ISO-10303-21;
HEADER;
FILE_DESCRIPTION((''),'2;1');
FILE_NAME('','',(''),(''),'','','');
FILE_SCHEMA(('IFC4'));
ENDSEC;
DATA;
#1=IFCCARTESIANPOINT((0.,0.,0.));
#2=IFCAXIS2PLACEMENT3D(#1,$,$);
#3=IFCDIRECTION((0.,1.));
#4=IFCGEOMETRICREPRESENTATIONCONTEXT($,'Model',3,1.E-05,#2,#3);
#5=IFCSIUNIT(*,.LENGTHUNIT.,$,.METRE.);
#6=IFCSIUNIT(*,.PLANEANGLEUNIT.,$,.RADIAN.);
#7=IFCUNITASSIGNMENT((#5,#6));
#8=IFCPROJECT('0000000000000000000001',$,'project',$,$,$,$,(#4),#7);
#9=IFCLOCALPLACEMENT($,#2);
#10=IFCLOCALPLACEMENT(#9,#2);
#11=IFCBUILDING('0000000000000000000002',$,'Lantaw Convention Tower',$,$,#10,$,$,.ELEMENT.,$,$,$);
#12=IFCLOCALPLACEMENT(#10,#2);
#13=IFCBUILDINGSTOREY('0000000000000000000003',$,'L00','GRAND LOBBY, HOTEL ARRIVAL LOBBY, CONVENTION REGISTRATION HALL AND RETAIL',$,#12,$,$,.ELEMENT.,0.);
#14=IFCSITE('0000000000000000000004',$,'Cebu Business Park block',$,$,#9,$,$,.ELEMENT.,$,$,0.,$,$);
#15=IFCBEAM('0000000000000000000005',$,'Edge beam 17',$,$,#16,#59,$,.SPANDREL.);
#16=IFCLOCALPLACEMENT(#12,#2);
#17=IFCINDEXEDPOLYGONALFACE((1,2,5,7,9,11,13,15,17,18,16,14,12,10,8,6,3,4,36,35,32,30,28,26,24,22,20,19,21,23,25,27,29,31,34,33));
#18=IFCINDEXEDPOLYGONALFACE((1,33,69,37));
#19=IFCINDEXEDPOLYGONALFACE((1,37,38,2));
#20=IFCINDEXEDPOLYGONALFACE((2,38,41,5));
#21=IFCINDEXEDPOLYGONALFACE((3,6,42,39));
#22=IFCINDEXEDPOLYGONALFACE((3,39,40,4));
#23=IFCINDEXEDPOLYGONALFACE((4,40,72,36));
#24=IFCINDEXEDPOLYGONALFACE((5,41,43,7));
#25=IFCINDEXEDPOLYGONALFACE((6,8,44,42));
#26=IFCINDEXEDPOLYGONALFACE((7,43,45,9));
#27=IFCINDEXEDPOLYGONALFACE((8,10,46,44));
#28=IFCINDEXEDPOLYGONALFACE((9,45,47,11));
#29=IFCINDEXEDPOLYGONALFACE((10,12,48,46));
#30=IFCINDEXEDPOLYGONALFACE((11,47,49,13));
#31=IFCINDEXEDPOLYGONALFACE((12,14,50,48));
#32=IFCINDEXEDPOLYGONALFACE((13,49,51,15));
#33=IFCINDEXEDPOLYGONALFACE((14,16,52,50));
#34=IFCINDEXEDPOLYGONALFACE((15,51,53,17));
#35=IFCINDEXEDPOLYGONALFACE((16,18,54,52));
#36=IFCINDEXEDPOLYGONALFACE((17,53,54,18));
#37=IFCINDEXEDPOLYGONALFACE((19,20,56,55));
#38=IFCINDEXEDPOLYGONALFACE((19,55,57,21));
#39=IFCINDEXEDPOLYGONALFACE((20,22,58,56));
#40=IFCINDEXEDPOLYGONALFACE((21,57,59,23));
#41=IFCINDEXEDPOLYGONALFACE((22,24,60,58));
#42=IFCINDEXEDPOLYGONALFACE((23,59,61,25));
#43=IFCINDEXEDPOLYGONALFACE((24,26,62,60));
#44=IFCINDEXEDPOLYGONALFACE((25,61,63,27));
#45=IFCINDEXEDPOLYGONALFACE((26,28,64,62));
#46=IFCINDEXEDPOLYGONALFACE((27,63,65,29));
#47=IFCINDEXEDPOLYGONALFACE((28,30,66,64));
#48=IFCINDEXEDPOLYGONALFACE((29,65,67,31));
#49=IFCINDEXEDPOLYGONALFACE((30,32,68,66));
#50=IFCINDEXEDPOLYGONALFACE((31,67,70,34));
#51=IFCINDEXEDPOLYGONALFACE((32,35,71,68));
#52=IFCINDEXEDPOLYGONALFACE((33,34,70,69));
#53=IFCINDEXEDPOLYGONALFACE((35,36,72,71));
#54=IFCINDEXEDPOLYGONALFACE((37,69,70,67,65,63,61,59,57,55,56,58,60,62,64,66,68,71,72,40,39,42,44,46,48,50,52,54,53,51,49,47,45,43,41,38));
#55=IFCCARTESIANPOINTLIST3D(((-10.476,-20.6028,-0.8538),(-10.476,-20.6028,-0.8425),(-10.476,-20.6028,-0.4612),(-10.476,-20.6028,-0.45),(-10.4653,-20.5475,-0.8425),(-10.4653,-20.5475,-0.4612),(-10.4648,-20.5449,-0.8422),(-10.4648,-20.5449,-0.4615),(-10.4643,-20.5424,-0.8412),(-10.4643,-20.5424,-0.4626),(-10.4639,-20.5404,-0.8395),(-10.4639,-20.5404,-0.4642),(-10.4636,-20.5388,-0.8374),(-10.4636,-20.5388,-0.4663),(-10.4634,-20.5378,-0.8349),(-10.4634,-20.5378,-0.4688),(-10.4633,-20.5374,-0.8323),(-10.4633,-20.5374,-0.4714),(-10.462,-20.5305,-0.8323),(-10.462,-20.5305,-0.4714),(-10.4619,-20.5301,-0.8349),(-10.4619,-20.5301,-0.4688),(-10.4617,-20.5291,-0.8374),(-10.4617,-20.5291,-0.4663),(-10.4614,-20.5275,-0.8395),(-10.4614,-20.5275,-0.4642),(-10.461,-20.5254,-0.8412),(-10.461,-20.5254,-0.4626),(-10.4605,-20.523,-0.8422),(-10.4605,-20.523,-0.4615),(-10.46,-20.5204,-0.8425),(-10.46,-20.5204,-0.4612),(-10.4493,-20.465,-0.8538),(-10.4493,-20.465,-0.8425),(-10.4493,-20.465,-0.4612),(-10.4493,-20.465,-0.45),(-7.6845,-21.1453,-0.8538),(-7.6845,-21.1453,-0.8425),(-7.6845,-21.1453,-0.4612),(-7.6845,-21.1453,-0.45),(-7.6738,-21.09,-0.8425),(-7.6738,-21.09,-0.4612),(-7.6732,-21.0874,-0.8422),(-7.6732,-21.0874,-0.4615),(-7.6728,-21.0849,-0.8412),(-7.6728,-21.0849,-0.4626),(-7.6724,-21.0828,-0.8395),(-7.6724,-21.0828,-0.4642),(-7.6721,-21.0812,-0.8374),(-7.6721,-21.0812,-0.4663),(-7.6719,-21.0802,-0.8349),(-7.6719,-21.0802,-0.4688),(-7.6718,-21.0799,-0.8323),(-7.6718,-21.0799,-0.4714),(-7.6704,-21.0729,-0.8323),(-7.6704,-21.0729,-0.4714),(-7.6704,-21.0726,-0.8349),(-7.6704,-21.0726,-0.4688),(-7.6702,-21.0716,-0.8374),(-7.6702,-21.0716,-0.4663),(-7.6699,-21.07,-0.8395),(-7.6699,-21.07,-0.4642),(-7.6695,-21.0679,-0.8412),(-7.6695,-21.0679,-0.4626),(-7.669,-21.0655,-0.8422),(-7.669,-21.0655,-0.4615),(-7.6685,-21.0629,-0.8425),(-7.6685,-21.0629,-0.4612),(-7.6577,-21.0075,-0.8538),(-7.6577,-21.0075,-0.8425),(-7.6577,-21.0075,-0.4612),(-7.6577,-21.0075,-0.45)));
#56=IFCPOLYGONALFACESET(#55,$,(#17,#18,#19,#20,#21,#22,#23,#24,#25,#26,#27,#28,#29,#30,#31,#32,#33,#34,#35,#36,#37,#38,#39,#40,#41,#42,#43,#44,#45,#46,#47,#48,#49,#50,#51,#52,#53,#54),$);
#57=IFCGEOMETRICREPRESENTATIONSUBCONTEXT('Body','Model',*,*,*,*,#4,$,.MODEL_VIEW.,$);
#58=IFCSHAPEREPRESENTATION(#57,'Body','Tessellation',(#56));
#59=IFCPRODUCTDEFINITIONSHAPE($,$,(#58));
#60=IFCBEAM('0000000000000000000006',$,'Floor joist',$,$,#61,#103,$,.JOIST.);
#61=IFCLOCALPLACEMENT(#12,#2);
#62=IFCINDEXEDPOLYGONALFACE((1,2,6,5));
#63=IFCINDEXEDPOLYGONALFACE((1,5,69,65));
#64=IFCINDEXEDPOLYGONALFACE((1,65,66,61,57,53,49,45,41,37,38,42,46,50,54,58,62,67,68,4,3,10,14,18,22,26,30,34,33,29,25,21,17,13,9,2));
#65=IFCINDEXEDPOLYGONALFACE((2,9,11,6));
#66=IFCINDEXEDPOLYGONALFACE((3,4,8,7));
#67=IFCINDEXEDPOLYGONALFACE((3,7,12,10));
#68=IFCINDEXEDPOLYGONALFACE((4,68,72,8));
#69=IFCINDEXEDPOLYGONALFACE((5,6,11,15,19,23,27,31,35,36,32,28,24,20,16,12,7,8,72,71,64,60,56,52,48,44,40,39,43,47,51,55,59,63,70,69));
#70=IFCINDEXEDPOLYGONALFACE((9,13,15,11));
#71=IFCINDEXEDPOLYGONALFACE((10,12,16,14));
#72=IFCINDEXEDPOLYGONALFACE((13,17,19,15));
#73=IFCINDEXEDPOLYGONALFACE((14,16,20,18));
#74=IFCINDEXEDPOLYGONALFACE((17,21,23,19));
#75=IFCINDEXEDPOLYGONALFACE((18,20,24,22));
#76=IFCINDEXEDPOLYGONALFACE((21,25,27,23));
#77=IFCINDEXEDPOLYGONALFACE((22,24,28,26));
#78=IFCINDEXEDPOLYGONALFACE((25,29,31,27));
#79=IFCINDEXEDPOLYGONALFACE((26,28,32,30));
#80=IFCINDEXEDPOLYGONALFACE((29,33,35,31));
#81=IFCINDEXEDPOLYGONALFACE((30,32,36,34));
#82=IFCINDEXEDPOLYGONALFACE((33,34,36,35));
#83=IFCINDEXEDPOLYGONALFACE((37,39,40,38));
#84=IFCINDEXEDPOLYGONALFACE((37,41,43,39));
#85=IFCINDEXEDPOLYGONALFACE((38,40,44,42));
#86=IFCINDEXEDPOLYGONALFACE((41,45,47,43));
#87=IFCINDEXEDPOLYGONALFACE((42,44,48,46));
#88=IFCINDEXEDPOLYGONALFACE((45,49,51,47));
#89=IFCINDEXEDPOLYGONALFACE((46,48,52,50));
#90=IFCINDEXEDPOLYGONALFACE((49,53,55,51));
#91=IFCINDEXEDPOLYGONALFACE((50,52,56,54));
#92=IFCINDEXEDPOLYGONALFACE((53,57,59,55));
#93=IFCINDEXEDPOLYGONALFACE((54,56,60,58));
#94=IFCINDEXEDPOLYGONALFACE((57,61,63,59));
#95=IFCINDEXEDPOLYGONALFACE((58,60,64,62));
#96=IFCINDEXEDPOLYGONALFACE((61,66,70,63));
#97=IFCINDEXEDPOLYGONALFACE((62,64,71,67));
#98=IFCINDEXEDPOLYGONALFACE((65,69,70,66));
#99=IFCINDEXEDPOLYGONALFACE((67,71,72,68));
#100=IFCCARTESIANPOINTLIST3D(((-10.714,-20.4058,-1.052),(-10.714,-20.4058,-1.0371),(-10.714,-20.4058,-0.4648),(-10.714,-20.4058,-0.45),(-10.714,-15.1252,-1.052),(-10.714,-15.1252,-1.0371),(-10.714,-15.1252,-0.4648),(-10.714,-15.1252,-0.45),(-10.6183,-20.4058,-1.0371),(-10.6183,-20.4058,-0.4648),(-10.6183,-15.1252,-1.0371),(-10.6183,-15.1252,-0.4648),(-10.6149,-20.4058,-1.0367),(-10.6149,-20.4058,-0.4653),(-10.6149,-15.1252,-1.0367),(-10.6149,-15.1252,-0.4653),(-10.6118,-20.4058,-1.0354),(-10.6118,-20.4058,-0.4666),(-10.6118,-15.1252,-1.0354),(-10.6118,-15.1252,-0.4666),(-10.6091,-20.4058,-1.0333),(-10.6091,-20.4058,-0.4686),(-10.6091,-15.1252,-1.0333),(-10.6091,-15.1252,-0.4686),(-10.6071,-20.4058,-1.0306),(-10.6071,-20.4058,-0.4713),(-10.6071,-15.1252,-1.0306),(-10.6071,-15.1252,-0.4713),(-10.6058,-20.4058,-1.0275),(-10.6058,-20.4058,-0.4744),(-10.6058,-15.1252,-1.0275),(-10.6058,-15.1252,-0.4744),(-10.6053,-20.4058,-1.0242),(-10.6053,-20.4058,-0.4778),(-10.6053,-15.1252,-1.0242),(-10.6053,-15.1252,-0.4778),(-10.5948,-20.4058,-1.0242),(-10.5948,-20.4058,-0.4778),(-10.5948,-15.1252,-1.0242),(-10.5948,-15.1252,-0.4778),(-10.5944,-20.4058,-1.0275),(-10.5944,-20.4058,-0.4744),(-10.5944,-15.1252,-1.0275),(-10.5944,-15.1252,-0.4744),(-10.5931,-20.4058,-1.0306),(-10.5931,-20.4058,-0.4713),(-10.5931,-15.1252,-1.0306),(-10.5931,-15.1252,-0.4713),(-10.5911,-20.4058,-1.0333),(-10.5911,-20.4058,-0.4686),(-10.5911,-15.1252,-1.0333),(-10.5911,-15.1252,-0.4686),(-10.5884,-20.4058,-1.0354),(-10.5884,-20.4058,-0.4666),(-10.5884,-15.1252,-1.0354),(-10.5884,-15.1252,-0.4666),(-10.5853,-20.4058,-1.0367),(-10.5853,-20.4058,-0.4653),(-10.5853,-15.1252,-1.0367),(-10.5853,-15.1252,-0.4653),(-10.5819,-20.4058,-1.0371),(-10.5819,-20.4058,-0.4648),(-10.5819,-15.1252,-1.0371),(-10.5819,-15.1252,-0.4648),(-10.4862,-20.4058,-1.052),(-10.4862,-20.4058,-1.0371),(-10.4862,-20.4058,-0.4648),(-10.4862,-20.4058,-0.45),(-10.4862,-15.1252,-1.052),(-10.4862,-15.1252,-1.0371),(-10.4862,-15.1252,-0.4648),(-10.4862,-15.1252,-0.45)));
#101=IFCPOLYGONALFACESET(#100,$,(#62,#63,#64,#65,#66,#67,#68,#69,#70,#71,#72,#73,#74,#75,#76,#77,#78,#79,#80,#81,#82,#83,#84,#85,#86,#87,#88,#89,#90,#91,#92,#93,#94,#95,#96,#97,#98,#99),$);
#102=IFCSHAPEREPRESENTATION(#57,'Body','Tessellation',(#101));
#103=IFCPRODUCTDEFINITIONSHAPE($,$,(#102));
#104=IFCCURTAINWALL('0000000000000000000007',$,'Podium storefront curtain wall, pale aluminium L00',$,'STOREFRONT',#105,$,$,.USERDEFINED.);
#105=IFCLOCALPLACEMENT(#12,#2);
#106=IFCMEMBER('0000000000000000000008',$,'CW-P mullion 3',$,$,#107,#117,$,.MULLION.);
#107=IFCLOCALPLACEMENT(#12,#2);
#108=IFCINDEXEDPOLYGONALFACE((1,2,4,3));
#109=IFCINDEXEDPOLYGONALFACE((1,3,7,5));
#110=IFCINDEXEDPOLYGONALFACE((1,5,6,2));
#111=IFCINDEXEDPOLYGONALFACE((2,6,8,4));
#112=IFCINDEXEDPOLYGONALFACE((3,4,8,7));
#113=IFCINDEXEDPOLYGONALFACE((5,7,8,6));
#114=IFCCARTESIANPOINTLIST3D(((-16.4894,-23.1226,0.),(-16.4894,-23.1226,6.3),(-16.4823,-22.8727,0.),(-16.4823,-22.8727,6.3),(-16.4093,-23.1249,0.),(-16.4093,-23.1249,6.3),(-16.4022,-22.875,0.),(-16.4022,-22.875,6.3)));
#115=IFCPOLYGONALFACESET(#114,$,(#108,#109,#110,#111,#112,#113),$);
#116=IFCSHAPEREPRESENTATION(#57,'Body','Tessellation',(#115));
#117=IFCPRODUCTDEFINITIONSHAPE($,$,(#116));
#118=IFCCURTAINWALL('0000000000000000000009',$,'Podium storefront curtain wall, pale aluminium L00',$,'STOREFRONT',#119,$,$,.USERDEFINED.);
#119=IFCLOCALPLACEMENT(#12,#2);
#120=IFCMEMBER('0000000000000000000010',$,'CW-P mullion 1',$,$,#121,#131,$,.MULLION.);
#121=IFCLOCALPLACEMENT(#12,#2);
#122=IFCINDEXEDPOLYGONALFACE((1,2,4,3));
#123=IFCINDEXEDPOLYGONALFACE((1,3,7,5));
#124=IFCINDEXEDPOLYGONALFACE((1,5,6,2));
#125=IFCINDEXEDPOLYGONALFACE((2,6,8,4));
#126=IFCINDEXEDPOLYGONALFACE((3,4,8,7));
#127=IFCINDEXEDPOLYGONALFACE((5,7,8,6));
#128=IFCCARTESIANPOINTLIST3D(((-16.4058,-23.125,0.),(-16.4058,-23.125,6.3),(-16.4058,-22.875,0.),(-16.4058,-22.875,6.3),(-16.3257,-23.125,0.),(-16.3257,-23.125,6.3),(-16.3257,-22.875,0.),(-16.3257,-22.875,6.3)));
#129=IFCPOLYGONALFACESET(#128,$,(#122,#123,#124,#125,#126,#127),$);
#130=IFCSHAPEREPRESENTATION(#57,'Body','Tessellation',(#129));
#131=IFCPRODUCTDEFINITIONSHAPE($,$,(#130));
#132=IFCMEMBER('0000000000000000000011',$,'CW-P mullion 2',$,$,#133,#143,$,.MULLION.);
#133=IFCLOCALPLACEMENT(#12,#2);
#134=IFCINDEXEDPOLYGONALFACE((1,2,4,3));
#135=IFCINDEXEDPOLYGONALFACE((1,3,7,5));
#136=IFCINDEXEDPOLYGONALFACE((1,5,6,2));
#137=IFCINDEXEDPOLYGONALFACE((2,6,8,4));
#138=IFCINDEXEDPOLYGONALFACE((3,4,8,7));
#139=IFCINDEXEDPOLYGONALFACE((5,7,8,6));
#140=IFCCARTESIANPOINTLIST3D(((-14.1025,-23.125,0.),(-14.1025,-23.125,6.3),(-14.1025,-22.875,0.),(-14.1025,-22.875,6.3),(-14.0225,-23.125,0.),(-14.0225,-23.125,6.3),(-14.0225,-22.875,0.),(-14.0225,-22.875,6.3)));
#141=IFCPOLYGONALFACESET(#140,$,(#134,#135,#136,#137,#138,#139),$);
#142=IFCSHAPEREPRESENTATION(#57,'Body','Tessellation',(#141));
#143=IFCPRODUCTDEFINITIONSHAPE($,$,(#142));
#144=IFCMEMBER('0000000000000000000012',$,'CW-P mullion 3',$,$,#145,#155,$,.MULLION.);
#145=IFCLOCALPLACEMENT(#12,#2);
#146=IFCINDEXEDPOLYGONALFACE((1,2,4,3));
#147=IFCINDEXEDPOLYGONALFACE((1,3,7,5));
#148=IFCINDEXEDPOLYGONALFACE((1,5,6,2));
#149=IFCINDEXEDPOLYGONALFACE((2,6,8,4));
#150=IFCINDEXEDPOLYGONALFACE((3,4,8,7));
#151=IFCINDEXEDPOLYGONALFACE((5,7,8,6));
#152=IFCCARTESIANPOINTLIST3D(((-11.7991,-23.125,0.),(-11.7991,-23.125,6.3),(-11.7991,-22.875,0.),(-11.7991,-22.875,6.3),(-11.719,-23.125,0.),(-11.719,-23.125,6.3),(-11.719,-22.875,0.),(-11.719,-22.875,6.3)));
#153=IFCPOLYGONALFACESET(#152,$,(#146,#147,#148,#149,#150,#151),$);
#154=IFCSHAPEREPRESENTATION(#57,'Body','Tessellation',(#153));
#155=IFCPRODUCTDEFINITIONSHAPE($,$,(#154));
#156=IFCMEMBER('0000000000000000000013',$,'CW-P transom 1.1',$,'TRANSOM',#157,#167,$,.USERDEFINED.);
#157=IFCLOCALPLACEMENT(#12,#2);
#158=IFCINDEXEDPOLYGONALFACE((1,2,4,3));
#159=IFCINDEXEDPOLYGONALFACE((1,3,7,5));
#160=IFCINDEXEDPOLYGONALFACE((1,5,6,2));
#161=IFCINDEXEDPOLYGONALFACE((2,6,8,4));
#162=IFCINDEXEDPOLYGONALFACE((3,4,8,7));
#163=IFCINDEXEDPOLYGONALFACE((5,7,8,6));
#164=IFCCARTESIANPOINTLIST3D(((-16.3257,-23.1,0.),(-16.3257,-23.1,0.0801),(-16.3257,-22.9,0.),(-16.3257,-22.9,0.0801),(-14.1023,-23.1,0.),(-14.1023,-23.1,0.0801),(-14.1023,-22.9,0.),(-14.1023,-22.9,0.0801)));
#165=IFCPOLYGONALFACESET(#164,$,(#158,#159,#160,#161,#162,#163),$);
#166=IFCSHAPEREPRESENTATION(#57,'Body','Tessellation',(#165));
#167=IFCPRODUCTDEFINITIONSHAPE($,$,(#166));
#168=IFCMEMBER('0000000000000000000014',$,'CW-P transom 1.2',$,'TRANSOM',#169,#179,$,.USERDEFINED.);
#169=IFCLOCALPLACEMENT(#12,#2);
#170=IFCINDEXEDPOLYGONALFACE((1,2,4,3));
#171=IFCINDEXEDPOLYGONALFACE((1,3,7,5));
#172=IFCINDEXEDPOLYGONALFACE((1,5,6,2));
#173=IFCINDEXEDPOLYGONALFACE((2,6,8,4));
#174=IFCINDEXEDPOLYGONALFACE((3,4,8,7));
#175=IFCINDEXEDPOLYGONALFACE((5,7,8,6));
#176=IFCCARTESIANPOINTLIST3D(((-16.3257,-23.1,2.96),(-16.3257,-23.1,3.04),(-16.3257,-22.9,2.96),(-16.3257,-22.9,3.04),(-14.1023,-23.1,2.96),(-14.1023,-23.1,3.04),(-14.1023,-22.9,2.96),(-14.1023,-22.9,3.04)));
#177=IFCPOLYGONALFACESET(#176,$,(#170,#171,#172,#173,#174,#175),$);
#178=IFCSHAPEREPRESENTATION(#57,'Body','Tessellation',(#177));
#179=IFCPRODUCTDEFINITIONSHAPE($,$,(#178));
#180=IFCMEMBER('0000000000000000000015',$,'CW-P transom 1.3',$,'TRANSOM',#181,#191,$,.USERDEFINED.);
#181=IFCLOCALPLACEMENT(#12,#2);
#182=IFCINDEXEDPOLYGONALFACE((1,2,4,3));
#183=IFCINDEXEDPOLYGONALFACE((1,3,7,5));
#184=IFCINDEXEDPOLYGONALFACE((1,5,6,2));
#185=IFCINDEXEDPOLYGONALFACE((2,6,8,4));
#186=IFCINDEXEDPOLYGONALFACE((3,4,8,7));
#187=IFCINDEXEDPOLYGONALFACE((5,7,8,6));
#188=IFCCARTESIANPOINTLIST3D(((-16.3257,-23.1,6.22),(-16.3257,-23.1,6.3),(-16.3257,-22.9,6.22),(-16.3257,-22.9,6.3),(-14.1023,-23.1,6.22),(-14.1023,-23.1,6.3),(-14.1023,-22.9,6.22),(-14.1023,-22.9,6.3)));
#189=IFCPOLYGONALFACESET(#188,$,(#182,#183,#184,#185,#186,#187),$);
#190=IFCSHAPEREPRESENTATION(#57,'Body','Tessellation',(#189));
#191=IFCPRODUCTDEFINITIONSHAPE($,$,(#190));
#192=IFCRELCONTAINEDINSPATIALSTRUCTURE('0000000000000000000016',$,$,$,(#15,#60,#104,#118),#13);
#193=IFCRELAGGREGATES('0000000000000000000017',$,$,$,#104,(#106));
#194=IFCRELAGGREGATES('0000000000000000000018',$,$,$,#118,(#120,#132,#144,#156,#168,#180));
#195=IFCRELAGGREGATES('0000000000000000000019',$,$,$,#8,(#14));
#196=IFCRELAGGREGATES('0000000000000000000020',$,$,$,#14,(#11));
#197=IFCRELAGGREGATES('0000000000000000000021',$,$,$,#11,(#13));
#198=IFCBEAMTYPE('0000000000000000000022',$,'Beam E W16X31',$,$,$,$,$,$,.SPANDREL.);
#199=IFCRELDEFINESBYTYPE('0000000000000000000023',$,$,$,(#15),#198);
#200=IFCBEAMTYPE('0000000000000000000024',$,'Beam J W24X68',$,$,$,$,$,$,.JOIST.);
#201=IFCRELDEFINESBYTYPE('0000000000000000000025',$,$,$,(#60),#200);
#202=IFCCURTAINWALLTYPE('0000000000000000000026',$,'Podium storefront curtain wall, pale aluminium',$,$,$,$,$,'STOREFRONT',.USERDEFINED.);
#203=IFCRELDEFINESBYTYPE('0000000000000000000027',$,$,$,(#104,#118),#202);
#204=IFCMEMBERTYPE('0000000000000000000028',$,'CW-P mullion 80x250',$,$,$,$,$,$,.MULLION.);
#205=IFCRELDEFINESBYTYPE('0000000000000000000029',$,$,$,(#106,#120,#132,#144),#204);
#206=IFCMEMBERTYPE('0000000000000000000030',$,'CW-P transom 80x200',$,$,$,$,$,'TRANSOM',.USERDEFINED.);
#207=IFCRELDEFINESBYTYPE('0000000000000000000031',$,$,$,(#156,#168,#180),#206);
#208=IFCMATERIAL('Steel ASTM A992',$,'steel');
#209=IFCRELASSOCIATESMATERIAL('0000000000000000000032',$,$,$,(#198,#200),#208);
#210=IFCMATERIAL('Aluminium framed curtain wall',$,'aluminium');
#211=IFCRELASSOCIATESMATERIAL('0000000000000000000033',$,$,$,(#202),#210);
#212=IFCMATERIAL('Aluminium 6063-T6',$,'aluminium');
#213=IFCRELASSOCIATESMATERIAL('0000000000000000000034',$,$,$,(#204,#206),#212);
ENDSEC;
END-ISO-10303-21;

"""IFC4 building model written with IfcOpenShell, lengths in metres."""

from ifc_helpers import new_model, si_unit, direction, frame, origin, origin_2d, place, context, subcontext, project, spatial, rectangle, i_section, extrude, material, material_profile, profile_set, type_object, element, aggregate, save


model = new_model("IFC4")

# Units and contexts
model_context = context("Model", 3, precision=1e-05, world=origin(), true_north=direction((0.0, 1.0)))
body_context = subcontext(model_context, "Body", "Model", "MODEL_VIEW")
ifc_project = project(units=[si_unit("LENGTHUNIT", "METRE"), si_unit("PLANEANGLEUNIT", "RADIAN")], contexts=[model_context])

# Site, building, storey
site_placement = place(None, origin())
site = spatial("IfcSite", under=ifc_project, at=site_placement, Name="Cebu Business Park block", CompositionType="ELEMENT", RefElevation=0.0)
building_placement = place(site_placement, origin())
building = spatial("IfcBuilding", under=site, at=building_placement, Name="Lantaw Convention Tower", CompositionType="ELEMENT")
storey_placement = place(building_placement, origin())
storey = spatial("IfcBuildingStorey", under=building, at=storey_placement, Name="L00", Description="GRAND LOBBY, HOTEL ARRIVAL LOBBY, CONVENTION REGISTRATION HALL AND RETAIL", CompositionType="ELEMENT", Elevation=0.0)

# Beams
ifc_material_1 = material(Name="Steel ASTM A992", Category="steel")
ifc_material_profile_1 = material_profile(ifc_material_1, i_section(OverallWidth=0.1404, OverallDepth=0.4038, WebThickness=0.0071, FlangeThickness=0.0112, FilletRadius=0.0103, at=origin_2d()), Name="W16X31")
ifc_profile_set_1 = profile_set([ifc_material_profile_1], Name="Steel ASTM A992")
beam_type_1 = type_object("IfcBeamType", Name="Beam E W16X31", PredefinedType="SPANDREL", material=ifc_profile_set_1)
beam_1_placement = place(storey_placement, frame((-10.4626, -20.5339, -0.6519), z_axis=(0.981636, -0.190764, 0.0), x_axis=(0.190764, 0.981636, 0.0)))
element("IfcBeam", 1, at=beam_1_placement, inside=storey, type_object=beam_type_1, Name="Edge beam 17", PredefinedType="SPANDREL", context=body_context, shape_type="SweptSolid", body=[
    extrude(i_section(OverallWidth=0.1404, OverallDepth=0.4038, WebThickness=0.0071, FlangeThickness=0.0112, FilletRadius=0.0103, at=origin_2d()), origin(), (0.0, 0.0, 1.0), 2.8438),
])
ifc_material_profile_2 = material_profile(ifc_material_1, i_section(OverallWidth=0.2278, OverallDepth=0.6021, WebThickness=0.0105, FlangeThickness=0.0149, FilletRadius=0.0129, at=origin_2d()), Name="W24X68")
ifc_profile_set_2 = profile_set([ifc_material_profile_2], Name="Steel ASTM A992")
beam_type_2 = type_object("IfcBeamType", Name="Beam J W24X68", PredefinedType="JOIST", material=ifc_profile_set_2)
beam_2_placement = place(storey_placement, frame((-10.6001, -20.4058, -0.751), z_axis=(0.0, 1.0, 0.0), x_axis=(-1.0, 0.0, 0.0)))
element("IfcBeam", 2, at=beam_2_placement, inside=storey, type_object=beam_type_2, Name="Floor joist", PredefinedType="JOIST", context=body_context, shape_type="SweptSolid", body=[
    extrude(i_section(OverallWidth=0.2278, OverallDepth=0.6021, WebThickness=0.0105, FlangeThickness=0.0149, FilletRadius=0.0129, at=origin_2d()), origin(), (0.0, 0.0, 1.0), 5.2805),
])

# Curtain wall, member
ifc_material_2 = material(Name="Aluminium framed curtain wall", Category="aluminium")
curtain_wall_type = type_object("IfcCurtainWallType", Name="Podium storefront curtain wall, pale aluminium", ElementType="STOREFRONT", PredefinedType="USERDEFINED", material=ifc_material_2)
curtain_wall_1_placement = place(storey_placement, origin())
curtain_wall_1 = element("IfcCurtainWall", 3, at=curtain_wall_1_placement, inside=storey, type_object=curtain_wall_type, Name="Podium storefront curtain wall, pale aluminium L00", ObjectType="STOREFRONT", PredefinedType="USERDEFINED")
ifc_material_3 = material(Name="Aluminium 6063-T6", Category="aluminium")
ifc_material_profile_3 = material_profile(ifc_material_3, rectangle(XDim=0.25, YDim=0.0801, at=origin_2d()), Name="CW-P mullion 80x250")
ifc_profile_set_3 = profile_set([ifc_material_profile_3], Name="Aluminium 6063-T6")
member_type_1 = type_object("IfcMemberType", Name="CW-P mullion 80x250", PredefinedType="MULLION", material=ifc_profile_set_3)
member_1_placement = place(storey_placement, frame((-16.4458, -22.9988, 0.0), z_axis=(0.0, 0.0, 1.0), x_axis=(0.028552, 0.999592, 0.0)))
member_1 = element("IfcMember", 4, at=member_1_placement, type_object=member_type_1, Name="CW-P mullion 3", PredefinedType="MULLION", context=body_context, shape_type="SweptSolid", body=[
    extrude(rectangle(XDim=0.25, YDim=0.0801, at=origin_2d()), origin(), (0.0, 0.0, 1.0), 6.3),
])

# Curtain wall, members
curtain_wall_2_placement = place(storey_placement, origin())
curtain_wall_2 = element("IfcCurtainWall", 5, at=curtain_wall_2_placement, inside=storey, type_object=curtain_wall_type, Name="Podium storefront curtain wall, pale aluminium L00", ObjectType="STOREFRONT", PredefinedType="USERDEFINED")
member_2_placement = place(storey_placement, frame((-16.3657, -23.0, 0.0), z_axis=(0.0, 0.0, 1.0), x_axis=(0.0, 1.0, 0.0)))
member_2 = element("IfcMember", 6, at=member_2_placement, type_object=member_type_1, Name="CW-P mullion 1", PredefinedType="MULLION", context=body_context, shape_type="SweptSolid", body=[
    extrude(rectangle(XDim=0.25, YDim=0.0801, at=origin_2d()), origin(), (0.0, 0.0, 1.0), 6.3),
])
member_3_placement = place(storey_placement, frame((-14.0625, -23.0, 0.0), z_axis=(0.0, 0.0, 1.0), x_axis=(0.0, 1.0, 0.0)))
member_3 = element("IfcMember", 7, at=member_3_placement, type_object=member_type_1, Name="CW-P mullion 2", PredefinedType="MULLION", context=body_context, shape_type="SweptSolid", body=[
    extrude(rectangle(XDim=0.25, YDim=0.0801, at=origin_2d()), origin(), (0.0, 0.0, 1.0), 6.3),
])
member_4_placement = place(storey_placement, frame((-11.759, -23.0, 0.0), z_axis=(0.0, 0.0, 1.0), x_axis=(0.0, 1.0, 0.0)))
member_4 = element("IfcMember", 8, at=member_4_placement, type_object=member_type_1, Name="CW-P mullion 3", PredefinedType="MULLION", context=body_context, shape_type="SweptSolid", body=[
    extrude(rectangle(XDim=0.25, YDim=0.0801, at=origin_2d()), origin(), (0.0, 0.0, 1.0), 6.3),
])
ifc_material_profile_4 = material_profile(ifc_material_3, rectangle(XDim=0.2, YDim=0.0801, at=origin_2d()), Name="CW-P transom 80x200")
ifc_profile_set_4 = profile_set([ifc_material_profile_4], Name="Aluminium 6063-T6")
member_type_2 = type_object("IfcMemberType", Name="CW-P transom 80x200", ElementType="TRANSOM", PredefinedType="USERDEFINED", material=ifc_profile_set_4)
member_5_placement = place(storey_placement, frame((-16.3257, -23.0, 0.04), z_axis=(1.0, 0.0, 0.0), x_axis=(0.0, 1.0, 0.0)))
member_5 = element("IfcMember", 9, at=member_5_placement, type_object=member_type_2, Name="CW-P transom 1.1", ObjectType="TRANSOM", PredefinedType="USERDEFINED", context=body_context, shape_type="SweptSolid", body=[
    extrude(rectangle(XDim=0.2, YDim=0.0801, at=origin_2d()), origin(), (0.0, 0.0, 1.0), 2.2234),
])
member_6_placement = place(storey_placement, frame((-16.3257, -23.0, 3.0), z_axis=(1.0, 0.0, 0.0), x_axis=(0.0, 1.0, 0.0)))
member_6 = element("IfcMember", 10, at=member_6_placement, type_object=member_type_2, Name="CW-P transom 1.2", ObjectType="TRANSOM", PredefinedType="USERDEFINED", context=body_context, shape_type="SweptSolid", body=[
    extrude(rectangle(XDim=0.2, YDim=0.0801, at=origin_2d()), origin(), (0.0, 0.0, 1.0), 2.2234),
])
member_7_placement = place(storey_placement, frame((-16.3257, -23.0, 6.26), z_axis=(1.0, 0.0, 0.0), x_axis=(0.0, 1.0, 0.0)))
member_7 = element("IfcMember", 11, at=member_7_placement, type_object=member_type_2, Name="CW-P transom 1.3", ObjectType="TRANSOM", PredefinedType="USERDEFINED", context=body_context, shape_type="SweptSolid", body=[
    extrude(rectangle(XDim=0.2, YDim=0.0801, at=origin_2d()), origin(), (0.0, 0.0, 1.0), 2.2234),
])

aggregate(curtain_wall_1, [member_1])
aggregate(curtain_wall_2, [member_2, member_3, member_4, member_5, member_6, member_7])

save(model, "model.ifc")
